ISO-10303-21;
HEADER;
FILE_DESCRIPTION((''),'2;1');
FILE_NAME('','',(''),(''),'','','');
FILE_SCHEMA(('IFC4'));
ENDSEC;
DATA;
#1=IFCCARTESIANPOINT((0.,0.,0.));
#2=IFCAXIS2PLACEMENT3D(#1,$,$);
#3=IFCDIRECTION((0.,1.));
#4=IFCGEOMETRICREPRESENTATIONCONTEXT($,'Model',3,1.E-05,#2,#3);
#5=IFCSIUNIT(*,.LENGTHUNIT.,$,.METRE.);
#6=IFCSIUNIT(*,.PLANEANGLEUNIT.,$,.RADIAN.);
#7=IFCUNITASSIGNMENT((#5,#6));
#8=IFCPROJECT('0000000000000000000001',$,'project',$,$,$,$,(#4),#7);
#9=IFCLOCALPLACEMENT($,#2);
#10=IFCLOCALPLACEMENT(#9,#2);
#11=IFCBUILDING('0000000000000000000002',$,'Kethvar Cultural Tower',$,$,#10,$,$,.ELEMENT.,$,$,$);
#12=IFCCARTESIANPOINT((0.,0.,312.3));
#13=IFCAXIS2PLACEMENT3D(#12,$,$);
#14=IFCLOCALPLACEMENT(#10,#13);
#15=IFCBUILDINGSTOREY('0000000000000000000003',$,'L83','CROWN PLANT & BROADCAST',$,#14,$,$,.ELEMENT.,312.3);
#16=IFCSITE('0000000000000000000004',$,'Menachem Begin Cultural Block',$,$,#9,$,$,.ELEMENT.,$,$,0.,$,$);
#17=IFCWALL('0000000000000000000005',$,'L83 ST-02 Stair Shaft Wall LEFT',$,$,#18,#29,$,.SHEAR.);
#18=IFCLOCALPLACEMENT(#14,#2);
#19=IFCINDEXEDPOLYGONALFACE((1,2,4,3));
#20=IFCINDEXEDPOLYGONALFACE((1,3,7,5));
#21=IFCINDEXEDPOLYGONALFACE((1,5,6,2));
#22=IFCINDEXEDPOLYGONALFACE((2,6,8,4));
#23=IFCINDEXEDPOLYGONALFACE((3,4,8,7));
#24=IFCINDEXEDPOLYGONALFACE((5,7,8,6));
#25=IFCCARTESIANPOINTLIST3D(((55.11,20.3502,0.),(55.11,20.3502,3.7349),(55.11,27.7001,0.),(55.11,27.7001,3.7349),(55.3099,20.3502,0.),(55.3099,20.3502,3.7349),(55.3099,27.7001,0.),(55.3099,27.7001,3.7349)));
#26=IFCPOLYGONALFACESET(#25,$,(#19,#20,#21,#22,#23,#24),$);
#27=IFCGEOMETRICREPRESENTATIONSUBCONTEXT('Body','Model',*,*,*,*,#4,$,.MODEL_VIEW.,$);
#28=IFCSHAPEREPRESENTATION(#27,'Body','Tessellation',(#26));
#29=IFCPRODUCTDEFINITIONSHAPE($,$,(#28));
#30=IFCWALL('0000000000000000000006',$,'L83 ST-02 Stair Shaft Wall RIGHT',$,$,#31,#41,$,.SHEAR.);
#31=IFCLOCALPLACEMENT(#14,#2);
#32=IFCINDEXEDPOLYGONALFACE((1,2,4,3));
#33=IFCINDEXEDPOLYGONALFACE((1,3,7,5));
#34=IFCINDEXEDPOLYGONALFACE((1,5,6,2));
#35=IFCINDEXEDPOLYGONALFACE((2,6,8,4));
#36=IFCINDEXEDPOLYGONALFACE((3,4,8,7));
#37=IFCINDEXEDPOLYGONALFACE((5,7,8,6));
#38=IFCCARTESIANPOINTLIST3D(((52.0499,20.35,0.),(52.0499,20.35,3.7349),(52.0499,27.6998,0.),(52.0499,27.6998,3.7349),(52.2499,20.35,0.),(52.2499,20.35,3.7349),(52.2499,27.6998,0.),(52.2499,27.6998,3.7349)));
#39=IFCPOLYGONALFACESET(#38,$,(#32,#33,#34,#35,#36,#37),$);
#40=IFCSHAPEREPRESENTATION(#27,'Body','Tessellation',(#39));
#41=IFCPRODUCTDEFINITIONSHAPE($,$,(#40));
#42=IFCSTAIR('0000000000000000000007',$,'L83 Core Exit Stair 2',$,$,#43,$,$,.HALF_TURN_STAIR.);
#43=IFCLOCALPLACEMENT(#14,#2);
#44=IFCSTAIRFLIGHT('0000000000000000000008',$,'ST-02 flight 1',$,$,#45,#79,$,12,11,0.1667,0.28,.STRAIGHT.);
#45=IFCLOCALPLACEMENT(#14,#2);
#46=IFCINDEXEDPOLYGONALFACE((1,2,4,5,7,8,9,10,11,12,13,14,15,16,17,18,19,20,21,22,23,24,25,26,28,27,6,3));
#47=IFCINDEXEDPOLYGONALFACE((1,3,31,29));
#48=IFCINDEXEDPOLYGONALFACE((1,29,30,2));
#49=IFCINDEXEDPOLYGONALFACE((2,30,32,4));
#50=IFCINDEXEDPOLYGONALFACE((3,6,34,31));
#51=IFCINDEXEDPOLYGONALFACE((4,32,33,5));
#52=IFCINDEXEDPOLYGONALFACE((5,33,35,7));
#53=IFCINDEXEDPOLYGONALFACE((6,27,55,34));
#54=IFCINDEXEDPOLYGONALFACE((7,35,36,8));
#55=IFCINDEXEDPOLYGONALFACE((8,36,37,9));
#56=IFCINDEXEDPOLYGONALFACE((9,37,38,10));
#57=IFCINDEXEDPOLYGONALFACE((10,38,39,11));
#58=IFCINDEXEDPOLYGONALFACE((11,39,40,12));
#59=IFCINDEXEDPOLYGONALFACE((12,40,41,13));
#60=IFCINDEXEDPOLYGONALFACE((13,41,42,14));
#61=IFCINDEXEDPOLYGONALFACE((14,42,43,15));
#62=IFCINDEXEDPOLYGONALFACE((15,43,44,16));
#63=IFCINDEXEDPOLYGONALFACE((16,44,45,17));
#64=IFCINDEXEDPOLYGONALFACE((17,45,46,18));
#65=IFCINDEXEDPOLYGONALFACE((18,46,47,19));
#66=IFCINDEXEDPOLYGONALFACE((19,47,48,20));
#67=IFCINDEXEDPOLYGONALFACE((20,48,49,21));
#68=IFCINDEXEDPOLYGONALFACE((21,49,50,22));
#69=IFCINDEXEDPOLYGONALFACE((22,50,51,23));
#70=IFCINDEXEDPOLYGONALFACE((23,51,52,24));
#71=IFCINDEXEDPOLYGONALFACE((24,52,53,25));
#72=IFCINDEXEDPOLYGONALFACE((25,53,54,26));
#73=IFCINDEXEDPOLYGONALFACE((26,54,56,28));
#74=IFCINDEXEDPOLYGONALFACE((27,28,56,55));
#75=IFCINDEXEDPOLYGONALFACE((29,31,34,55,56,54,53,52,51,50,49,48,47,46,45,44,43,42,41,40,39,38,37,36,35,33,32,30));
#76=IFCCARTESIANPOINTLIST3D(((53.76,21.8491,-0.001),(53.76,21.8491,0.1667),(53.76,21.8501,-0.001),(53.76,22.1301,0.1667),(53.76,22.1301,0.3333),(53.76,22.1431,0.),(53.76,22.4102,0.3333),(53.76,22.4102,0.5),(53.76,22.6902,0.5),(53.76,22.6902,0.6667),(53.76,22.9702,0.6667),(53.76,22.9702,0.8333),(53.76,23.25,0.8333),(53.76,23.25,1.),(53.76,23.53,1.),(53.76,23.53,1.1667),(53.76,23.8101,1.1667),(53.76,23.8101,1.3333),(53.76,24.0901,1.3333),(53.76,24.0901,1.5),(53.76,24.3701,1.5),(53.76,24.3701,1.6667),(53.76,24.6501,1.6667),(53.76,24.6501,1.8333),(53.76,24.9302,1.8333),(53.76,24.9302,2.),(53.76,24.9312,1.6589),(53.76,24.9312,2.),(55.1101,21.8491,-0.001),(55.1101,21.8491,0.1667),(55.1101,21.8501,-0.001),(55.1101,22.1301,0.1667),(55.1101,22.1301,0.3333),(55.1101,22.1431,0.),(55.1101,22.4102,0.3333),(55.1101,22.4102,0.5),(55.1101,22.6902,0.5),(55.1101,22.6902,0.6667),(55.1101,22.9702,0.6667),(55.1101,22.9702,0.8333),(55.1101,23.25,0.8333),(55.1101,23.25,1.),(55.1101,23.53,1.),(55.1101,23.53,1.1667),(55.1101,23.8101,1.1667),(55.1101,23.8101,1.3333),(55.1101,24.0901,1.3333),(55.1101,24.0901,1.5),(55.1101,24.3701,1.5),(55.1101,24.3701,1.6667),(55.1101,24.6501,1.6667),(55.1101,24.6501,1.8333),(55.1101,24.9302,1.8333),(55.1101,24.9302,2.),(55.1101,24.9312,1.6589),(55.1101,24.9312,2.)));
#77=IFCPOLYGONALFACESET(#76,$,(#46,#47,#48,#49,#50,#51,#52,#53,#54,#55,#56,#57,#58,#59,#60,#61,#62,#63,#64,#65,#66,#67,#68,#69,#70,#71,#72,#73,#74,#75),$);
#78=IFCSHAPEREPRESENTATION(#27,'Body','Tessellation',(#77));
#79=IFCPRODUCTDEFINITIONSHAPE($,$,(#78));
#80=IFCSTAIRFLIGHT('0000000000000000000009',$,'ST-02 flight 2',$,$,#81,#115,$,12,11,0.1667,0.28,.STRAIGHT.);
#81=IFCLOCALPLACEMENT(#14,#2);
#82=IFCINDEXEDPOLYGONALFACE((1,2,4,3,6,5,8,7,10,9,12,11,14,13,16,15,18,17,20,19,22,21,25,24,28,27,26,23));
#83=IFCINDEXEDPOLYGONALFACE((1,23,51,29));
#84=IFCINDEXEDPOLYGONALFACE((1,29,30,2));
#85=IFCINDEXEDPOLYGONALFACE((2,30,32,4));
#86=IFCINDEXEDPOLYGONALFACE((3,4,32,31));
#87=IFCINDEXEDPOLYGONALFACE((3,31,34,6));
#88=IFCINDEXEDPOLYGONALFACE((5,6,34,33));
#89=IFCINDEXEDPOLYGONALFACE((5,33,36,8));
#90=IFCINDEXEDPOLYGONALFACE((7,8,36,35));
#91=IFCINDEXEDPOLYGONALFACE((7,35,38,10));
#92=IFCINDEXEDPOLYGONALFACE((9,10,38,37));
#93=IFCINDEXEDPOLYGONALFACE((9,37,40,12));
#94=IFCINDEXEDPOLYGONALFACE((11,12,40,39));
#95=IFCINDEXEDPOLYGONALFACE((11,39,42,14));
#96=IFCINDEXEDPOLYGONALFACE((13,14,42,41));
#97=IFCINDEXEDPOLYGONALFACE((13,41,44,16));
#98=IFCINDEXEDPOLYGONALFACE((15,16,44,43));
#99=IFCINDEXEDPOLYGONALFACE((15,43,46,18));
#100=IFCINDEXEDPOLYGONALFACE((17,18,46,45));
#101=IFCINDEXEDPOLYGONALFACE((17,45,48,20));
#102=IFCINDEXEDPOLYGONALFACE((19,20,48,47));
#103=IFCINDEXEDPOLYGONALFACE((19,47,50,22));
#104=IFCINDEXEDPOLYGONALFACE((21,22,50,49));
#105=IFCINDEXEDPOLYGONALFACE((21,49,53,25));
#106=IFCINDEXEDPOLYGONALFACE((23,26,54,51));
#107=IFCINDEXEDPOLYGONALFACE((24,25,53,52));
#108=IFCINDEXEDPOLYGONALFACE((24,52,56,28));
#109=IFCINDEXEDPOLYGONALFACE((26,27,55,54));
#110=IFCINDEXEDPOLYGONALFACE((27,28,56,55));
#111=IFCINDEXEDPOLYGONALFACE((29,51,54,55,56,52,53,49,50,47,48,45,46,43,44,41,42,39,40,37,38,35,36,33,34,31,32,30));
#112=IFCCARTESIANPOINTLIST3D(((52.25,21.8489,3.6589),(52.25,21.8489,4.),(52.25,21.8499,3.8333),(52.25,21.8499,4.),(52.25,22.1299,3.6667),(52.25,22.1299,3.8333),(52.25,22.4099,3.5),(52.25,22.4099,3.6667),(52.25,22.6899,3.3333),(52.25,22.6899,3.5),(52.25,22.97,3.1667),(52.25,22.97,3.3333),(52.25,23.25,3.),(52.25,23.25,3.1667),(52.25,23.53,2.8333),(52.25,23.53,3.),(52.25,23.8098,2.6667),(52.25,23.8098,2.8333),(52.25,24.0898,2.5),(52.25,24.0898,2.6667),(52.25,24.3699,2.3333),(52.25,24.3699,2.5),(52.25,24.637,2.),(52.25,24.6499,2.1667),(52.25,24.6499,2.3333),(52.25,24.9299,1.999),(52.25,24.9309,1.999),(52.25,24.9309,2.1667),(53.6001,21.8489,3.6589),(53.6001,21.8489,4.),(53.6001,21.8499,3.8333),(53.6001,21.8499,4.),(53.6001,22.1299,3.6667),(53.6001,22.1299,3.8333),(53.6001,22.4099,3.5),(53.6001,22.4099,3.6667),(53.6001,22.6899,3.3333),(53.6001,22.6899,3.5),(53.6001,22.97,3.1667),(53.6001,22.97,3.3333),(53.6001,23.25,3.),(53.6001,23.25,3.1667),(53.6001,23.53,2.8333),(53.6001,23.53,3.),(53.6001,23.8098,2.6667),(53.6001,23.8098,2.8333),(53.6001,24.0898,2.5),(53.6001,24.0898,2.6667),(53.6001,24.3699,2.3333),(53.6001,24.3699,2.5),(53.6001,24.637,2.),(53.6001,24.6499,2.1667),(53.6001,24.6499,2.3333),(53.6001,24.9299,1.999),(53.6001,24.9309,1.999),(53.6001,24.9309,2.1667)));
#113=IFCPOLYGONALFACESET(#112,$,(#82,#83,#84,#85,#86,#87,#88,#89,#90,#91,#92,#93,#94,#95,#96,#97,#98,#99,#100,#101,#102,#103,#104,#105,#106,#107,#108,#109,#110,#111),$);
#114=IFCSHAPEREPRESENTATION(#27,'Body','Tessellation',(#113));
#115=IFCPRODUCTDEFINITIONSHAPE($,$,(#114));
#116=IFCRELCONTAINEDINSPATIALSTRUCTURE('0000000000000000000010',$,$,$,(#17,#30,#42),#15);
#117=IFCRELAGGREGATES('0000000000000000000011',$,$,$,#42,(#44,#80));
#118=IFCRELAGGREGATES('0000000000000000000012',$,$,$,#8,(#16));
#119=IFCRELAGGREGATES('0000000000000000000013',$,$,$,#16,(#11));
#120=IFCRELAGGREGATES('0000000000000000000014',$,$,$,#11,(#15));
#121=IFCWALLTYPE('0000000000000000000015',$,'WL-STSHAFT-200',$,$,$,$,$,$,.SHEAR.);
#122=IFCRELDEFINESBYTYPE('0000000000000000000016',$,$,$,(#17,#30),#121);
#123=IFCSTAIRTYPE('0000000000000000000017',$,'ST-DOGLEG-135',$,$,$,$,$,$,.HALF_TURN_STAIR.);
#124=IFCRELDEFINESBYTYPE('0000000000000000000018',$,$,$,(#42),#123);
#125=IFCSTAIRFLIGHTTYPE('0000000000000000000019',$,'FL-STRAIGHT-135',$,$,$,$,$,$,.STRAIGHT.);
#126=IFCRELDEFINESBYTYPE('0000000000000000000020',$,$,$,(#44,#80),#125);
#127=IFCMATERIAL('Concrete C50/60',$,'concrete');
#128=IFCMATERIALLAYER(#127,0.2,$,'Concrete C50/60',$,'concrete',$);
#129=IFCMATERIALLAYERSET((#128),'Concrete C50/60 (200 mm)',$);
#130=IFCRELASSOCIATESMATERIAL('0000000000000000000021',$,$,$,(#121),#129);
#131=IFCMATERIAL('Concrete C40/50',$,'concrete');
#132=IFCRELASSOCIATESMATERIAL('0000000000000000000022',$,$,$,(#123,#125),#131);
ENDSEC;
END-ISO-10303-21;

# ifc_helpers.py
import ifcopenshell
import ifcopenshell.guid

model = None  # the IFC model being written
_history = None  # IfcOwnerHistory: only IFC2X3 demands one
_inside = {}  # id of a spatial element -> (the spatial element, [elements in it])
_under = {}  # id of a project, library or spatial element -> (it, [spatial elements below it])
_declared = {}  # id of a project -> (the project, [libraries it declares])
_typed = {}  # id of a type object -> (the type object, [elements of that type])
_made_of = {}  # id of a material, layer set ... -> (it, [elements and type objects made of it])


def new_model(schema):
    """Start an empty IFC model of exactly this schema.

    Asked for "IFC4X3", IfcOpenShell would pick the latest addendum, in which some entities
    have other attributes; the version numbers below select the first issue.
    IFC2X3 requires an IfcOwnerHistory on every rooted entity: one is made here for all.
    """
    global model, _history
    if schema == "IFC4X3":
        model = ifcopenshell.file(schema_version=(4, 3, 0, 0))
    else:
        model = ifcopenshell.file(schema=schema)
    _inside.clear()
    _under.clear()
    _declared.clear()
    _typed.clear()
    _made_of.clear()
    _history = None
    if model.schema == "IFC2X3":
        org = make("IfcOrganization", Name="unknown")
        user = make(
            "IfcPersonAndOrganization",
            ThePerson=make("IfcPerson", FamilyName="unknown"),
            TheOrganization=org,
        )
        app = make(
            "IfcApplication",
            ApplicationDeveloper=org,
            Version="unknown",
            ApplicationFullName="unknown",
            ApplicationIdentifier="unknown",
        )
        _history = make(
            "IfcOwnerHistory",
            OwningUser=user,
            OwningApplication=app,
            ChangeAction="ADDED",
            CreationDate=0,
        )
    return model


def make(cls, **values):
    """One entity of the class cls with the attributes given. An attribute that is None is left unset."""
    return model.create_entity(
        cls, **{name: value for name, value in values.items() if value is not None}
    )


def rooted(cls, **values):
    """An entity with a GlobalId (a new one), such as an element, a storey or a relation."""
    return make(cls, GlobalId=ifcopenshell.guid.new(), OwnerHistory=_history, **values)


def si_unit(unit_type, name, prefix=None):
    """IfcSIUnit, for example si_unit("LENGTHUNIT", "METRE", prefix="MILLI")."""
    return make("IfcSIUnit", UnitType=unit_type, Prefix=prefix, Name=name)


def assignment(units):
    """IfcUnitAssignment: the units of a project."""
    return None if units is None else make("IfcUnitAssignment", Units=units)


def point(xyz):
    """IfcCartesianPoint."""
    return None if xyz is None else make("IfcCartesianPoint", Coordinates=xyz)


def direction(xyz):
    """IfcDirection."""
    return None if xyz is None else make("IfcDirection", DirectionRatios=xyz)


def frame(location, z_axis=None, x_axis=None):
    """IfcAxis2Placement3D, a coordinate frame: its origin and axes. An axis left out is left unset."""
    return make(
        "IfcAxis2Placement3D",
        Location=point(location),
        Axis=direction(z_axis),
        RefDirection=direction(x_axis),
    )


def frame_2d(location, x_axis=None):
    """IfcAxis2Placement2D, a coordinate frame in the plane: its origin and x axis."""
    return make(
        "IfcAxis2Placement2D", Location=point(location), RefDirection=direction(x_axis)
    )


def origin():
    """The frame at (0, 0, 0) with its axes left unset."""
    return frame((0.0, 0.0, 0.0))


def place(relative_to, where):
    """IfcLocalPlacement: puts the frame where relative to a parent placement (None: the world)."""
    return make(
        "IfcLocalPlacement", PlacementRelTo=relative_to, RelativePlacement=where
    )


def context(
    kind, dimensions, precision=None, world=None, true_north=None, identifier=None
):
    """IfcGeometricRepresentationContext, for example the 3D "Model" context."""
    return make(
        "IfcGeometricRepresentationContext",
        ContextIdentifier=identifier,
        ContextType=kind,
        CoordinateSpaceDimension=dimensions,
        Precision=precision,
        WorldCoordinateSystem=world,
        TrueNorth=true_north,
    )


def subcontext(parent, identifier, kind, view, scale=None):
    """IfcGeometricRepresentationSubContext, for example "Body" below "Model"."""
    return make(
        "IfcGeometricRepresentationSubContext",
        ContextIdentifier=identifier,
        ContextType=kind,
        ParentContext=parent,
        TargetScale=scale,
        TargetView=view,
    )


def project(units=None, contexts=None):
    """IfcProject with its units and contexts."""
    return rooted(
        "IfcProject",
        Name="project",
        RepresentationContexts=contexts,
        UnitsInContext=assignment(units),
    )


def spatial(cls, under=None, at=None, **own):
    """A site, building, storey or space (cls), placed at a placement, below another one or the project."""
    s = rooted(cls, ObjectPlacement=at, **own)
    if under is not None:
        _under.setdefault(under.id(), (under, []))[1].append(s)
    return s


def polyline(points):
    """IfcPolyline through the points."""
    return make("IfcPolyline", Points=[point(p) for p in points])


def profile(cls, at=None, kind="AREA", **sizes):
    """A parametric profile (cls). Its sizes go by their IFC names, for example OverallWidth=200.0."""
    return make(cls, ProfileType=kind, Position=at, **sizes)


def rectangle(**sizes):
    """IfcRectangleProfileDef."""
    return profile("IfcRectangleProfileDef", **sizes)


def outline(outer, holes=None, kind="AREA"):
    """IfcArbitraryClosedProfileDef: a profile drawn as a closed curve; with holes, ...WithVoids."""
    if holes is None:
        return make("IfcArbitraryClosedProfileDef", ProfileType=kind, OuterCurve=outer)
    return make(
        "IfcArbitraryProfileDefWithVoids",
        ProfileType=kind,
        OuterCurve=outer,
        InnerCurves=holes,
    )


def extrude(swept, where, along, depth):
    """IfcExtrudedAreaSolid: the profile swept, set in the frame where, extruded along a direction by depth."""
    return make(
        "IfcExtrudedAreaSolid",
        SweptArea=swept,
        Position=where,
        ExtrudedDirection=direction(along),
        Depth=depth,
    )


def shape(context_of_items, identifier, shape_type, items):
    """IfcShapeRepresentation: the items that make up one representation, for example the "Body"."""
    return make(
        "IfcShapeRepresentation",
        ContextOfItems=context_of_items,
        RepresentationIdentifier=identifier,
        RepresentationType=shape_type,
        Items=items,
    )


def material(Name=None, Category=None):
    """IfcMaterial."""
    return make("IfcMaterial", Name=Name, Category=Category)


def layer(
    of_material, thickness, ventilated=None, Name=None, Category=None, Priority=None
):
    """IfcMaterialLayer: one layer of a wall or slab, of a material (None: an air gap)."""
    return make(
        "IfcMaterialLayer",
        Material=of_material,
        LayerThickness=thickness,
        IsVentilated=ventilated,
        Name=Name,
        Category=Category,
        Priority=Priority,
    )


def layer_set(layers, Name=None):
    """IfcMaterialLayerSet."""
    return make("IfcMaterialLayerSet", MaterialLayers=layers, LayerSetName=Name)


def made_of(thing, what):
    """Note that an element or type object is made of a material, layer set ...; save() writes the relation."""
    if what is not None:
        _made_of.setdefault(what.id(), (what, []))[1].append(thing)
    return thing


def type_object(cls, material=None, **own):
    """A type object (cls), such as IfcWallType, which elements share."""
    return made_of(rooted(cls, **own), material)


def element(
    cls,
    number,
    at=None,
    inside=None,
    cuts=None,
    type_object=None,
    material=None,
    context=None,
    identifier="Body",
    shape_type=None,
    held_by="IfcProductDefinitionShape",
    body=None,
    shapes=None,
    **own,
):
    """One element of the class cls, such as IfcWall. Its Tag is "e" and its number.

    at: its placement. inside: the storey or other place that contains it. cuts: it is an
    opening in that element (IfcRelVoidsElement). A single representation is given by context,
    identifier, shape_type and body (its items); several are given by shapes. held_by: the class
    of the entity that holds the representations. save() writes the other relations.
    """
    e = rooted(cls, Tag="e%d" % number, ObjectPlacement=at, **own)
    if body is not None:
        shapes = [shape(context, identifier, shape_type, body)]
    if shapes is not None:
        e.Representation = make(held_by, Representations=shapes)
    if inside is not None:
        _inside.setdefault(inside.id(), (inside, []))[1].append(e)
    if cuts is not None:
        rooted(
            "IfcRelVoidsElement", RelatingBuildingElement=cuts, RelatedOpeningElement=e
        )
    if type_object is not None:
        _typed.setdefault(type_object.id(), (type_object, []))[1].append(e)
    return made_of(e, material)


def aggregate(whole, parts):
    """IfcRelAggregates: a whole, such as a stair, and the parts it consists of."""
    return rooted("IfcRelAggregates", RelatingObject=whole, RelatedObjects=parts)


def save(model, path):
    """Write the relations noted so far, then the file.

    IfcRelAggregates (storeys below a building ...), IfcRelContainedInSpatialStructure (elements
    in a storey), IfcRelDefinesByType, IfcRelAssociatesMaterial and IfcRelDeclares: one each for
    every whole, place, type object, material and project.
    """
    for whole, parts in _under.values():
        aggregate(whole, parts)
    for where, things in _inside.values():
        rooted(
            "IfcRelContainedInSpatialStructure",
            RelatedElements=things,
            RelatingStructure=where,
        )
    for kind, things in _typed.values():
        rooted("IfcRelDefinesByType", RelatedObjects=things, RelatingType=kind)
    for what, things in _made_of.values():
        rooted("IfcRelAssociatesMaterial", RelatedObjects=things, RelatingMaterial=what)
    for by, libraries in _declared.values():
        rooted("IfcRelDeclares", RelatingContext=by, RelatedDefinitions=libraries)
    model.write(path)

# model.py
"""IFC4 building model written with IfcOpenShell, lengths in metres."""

from ifc_helpers import new_model, si_unit, direction, frame, frame_2d, origin, place, context, subcontext, project, spatial, polyline, rectangle, outline, extrude, material, layer, layer_set, type_object, element, aggregate, save


model = new_model("IFC4")

# Units and contexts
model_context = context("Model", 3, precision=1e-05, world=origin(), true_north=direction((0.0, 1.0)))
body_context = subcontext(model_context, "Body", "Model", "MODEL_VIEW")
ifc_project = project(units=[si_unit("LENGTHUNIT", "METRE"), si_unit("PLANEANGLEUNIT", "RADIAN")], contexts=[model_context])

# Site, building, storey
site_placement = place(None, origin())
site = spatial("IfcSite", under=ifc_project, at=site_placement, Name="Menachem Begin Cultural Block", CompositionType="ELEMENT", RefElevation=0.0)
building_placement = place(site_placement, origin())
building = spatial("IfcBuilding", under=site, at=building_placement, Name="Kethvar Cultural Tower", CompositionType="ELEMENT")
storey_placement = place(building_placement, frame((0.0, 0.0, 312.3)))
storey = spatial("IfcBuildingStorey", under=building, at=storey_placement, Name="L83", Description="CROWN PLANT & BROADCAST", CompositionType="ELEMENT", Elevation=312.3)

# Shared definitions
ifc_material_1 = material(Name="Concrete C50/60", Category="concrete")

# Shared definitions
ifc_material_2 = material(Name="Concrete C40/50", Category="concrete")

# Walls
ifc_layer_1 = layer(ifc_material_1, 0.2, Name="Concrete C50/60", Category="concrete")
ifc_layer_set_1 = layer_set([ifc_layer_1], Name="Concrete C50/60 (200 mm)")
wall_type_1 = type_object("IfcWallType", Name="WL-STSHAFT-200", PredefinedType="SHEAR", material=ifc_layer_set_1)
for number, where, z_axis, x_axis, name in (
    (1, (55.21, 27.7, 0.0), (0.0, 0.0, 1.0), (0.0, -1.0, 0.0), "L83 ST-02 Stair Shaft Wall LEFT"),
    (2, (52.1499, 20.3501, 0.0), (0.0, 0.0, 1.0), (0.0, 1.0, 0.0), "L83 ST-02 Stair Shaft Wall RIGHT"),
):
    element("IfcWall", number, at=place(storey_placement, frame(where, z_axis=z_axis, x_axis=x_axis)), inside=storey, type_object=wall_type_1, Name=name, PredefinedType="SHEAR", context=body_context, shape_type="SweptSolid", body=[
        extrude(rectangle(XDim=7.3499, YDim=0.2, at=frame_2d((3.6748, 0.0))), origin(), (0.0, 0.0, 1.0), 3.7349),
    ])

# Stair, stair flights
stair_type = type_object("IfcStairType", Name="ST-DOGLEG-135", PredefinedType="HALF_TURN_STAIR", material=ifc_material_2)
stair_placement = place(storey_placement, origin())
stair = element("IfcStair", 3, at=stair_placement, inside=storey, type_object=stair_type, Name="L83 Core Exit Stair 2", PredefinedType="HALF_TURN_STAIR")
stair_flight_type = type_object("IfcStairFlightType", Name="FL-STRAIGHT-135", PredefinedType="STRAIGHT", material=ifc_material_2)
stair_flight_1_placement = place(storey_placement, frame((54.4351, 21.8501, 0.0), z_axis=(0.0, 0.0, 1.0), x_axis=(0.0, 1.0, 0.0)))
stair_flight_1 = element("IfcStairFlight", 4, at=stair_flight_1_placement, type_object=stair_flight_type, Name="ST-02 flight 1", NumberOfRisers=12, NumberOfTreads=11, PredefinedType="STRAIGHT", RiserHeight=0.1667, TreadLength=0.28, context=body_context, shape_type="SweptSolid", body=[
    extrude(outline(polyline([(-0.001, -0.001), (-0.001, 0.1667), (0.28, 0.1667), (0.28, 0.3333), (0.5601, 0.3333), (0.5601, 0.5), (0.8401, 0.5), (0.8401, 0.6667), (1.1201, 0.6667), (1.1201, 0.8333), (1.3999, 0.8333), (1.3999, 1.0), (1.6799, 1.0), (1.6799, 1.1667), (1.96, 1.1667), (1.96, 1.3333), (2.24, 1.3333), (2.24, 1.5), (2.52, 1.5), (2.52, 1.6667), (2.8, 1.6667), (2.8, 1.8333), (3.0801, 1.8333), (3.0801, 2.0), (3.0811, 2.0), (3.0811, 1.6589), (0.293, 0.0), (0.0, -0.001), (-0.001, -0.001)])), frame((0.0, 0.675, 0.0), z_axis=(0.0, -1.0, 0.0), x_axis=(1.0, 0.0, 0.0)), (0.0, 0.0, 1.0), 1.3501),
])
stair_flight_2_placement = place(storey_placement, frame((52.925, 24.9299, 2.0), z_axis=(0.0, 0.0, 1.0), x_axis=(0.0, -1.0, 0.0)))
stair_flight_2 = element("IfcStairFlight", 5, at=stair_flight_2_placement, type_object=stair_flight_type, Name="ST-02 flight 2", NumberOfRisers=12, NumberOfTreads=11, PredefinedType="STRAIGHT", RiserHeight=0.1667, TreadLength=0.28, context=body_context, shape_type="SweptSolid", body=[
    extrude(outline(polyline([(-0.001, -0.001), (-0.001, 0.1667), (0.28, 0.1667), (0.28, 0.3333), (0.5601, 0.3333), (0.5601, 0.5), (0.8401, 0.5), (0.8401, 0.6667), (1.1201, 0.6667), (1.1201, 0.8333), (1.3999, 0.8333), (1.3999, 1.0), (1.6799, 1.0), (1.6799, 1.1667), (1.96, 1.1667), (1.96, 1.3333), (2.24, 1.3333), (2.24, 1.5), (2.52, 1.5), (2.52, 1.6667), (2.8, 1.6667), (2.8, 1.8333), (3.0801, 1.8333), (3.0801, 2.0), (3.0811, 2.0), (3.0811, 1.6589), (0.293, 0.0), (0.0, -0.001), (-0.001, -0.001)])), frame((0.0, 0.675, 0.0), z_axis=(0.0, -1.0, 0.0), x_axis=(1.0, 0.0, 0.0)), (0.0, 0.0, 1.0), 1.3501),
])
aggregate(stair, [stair_flight_1, stair_flight_2])

save(model, "model.ifc")
